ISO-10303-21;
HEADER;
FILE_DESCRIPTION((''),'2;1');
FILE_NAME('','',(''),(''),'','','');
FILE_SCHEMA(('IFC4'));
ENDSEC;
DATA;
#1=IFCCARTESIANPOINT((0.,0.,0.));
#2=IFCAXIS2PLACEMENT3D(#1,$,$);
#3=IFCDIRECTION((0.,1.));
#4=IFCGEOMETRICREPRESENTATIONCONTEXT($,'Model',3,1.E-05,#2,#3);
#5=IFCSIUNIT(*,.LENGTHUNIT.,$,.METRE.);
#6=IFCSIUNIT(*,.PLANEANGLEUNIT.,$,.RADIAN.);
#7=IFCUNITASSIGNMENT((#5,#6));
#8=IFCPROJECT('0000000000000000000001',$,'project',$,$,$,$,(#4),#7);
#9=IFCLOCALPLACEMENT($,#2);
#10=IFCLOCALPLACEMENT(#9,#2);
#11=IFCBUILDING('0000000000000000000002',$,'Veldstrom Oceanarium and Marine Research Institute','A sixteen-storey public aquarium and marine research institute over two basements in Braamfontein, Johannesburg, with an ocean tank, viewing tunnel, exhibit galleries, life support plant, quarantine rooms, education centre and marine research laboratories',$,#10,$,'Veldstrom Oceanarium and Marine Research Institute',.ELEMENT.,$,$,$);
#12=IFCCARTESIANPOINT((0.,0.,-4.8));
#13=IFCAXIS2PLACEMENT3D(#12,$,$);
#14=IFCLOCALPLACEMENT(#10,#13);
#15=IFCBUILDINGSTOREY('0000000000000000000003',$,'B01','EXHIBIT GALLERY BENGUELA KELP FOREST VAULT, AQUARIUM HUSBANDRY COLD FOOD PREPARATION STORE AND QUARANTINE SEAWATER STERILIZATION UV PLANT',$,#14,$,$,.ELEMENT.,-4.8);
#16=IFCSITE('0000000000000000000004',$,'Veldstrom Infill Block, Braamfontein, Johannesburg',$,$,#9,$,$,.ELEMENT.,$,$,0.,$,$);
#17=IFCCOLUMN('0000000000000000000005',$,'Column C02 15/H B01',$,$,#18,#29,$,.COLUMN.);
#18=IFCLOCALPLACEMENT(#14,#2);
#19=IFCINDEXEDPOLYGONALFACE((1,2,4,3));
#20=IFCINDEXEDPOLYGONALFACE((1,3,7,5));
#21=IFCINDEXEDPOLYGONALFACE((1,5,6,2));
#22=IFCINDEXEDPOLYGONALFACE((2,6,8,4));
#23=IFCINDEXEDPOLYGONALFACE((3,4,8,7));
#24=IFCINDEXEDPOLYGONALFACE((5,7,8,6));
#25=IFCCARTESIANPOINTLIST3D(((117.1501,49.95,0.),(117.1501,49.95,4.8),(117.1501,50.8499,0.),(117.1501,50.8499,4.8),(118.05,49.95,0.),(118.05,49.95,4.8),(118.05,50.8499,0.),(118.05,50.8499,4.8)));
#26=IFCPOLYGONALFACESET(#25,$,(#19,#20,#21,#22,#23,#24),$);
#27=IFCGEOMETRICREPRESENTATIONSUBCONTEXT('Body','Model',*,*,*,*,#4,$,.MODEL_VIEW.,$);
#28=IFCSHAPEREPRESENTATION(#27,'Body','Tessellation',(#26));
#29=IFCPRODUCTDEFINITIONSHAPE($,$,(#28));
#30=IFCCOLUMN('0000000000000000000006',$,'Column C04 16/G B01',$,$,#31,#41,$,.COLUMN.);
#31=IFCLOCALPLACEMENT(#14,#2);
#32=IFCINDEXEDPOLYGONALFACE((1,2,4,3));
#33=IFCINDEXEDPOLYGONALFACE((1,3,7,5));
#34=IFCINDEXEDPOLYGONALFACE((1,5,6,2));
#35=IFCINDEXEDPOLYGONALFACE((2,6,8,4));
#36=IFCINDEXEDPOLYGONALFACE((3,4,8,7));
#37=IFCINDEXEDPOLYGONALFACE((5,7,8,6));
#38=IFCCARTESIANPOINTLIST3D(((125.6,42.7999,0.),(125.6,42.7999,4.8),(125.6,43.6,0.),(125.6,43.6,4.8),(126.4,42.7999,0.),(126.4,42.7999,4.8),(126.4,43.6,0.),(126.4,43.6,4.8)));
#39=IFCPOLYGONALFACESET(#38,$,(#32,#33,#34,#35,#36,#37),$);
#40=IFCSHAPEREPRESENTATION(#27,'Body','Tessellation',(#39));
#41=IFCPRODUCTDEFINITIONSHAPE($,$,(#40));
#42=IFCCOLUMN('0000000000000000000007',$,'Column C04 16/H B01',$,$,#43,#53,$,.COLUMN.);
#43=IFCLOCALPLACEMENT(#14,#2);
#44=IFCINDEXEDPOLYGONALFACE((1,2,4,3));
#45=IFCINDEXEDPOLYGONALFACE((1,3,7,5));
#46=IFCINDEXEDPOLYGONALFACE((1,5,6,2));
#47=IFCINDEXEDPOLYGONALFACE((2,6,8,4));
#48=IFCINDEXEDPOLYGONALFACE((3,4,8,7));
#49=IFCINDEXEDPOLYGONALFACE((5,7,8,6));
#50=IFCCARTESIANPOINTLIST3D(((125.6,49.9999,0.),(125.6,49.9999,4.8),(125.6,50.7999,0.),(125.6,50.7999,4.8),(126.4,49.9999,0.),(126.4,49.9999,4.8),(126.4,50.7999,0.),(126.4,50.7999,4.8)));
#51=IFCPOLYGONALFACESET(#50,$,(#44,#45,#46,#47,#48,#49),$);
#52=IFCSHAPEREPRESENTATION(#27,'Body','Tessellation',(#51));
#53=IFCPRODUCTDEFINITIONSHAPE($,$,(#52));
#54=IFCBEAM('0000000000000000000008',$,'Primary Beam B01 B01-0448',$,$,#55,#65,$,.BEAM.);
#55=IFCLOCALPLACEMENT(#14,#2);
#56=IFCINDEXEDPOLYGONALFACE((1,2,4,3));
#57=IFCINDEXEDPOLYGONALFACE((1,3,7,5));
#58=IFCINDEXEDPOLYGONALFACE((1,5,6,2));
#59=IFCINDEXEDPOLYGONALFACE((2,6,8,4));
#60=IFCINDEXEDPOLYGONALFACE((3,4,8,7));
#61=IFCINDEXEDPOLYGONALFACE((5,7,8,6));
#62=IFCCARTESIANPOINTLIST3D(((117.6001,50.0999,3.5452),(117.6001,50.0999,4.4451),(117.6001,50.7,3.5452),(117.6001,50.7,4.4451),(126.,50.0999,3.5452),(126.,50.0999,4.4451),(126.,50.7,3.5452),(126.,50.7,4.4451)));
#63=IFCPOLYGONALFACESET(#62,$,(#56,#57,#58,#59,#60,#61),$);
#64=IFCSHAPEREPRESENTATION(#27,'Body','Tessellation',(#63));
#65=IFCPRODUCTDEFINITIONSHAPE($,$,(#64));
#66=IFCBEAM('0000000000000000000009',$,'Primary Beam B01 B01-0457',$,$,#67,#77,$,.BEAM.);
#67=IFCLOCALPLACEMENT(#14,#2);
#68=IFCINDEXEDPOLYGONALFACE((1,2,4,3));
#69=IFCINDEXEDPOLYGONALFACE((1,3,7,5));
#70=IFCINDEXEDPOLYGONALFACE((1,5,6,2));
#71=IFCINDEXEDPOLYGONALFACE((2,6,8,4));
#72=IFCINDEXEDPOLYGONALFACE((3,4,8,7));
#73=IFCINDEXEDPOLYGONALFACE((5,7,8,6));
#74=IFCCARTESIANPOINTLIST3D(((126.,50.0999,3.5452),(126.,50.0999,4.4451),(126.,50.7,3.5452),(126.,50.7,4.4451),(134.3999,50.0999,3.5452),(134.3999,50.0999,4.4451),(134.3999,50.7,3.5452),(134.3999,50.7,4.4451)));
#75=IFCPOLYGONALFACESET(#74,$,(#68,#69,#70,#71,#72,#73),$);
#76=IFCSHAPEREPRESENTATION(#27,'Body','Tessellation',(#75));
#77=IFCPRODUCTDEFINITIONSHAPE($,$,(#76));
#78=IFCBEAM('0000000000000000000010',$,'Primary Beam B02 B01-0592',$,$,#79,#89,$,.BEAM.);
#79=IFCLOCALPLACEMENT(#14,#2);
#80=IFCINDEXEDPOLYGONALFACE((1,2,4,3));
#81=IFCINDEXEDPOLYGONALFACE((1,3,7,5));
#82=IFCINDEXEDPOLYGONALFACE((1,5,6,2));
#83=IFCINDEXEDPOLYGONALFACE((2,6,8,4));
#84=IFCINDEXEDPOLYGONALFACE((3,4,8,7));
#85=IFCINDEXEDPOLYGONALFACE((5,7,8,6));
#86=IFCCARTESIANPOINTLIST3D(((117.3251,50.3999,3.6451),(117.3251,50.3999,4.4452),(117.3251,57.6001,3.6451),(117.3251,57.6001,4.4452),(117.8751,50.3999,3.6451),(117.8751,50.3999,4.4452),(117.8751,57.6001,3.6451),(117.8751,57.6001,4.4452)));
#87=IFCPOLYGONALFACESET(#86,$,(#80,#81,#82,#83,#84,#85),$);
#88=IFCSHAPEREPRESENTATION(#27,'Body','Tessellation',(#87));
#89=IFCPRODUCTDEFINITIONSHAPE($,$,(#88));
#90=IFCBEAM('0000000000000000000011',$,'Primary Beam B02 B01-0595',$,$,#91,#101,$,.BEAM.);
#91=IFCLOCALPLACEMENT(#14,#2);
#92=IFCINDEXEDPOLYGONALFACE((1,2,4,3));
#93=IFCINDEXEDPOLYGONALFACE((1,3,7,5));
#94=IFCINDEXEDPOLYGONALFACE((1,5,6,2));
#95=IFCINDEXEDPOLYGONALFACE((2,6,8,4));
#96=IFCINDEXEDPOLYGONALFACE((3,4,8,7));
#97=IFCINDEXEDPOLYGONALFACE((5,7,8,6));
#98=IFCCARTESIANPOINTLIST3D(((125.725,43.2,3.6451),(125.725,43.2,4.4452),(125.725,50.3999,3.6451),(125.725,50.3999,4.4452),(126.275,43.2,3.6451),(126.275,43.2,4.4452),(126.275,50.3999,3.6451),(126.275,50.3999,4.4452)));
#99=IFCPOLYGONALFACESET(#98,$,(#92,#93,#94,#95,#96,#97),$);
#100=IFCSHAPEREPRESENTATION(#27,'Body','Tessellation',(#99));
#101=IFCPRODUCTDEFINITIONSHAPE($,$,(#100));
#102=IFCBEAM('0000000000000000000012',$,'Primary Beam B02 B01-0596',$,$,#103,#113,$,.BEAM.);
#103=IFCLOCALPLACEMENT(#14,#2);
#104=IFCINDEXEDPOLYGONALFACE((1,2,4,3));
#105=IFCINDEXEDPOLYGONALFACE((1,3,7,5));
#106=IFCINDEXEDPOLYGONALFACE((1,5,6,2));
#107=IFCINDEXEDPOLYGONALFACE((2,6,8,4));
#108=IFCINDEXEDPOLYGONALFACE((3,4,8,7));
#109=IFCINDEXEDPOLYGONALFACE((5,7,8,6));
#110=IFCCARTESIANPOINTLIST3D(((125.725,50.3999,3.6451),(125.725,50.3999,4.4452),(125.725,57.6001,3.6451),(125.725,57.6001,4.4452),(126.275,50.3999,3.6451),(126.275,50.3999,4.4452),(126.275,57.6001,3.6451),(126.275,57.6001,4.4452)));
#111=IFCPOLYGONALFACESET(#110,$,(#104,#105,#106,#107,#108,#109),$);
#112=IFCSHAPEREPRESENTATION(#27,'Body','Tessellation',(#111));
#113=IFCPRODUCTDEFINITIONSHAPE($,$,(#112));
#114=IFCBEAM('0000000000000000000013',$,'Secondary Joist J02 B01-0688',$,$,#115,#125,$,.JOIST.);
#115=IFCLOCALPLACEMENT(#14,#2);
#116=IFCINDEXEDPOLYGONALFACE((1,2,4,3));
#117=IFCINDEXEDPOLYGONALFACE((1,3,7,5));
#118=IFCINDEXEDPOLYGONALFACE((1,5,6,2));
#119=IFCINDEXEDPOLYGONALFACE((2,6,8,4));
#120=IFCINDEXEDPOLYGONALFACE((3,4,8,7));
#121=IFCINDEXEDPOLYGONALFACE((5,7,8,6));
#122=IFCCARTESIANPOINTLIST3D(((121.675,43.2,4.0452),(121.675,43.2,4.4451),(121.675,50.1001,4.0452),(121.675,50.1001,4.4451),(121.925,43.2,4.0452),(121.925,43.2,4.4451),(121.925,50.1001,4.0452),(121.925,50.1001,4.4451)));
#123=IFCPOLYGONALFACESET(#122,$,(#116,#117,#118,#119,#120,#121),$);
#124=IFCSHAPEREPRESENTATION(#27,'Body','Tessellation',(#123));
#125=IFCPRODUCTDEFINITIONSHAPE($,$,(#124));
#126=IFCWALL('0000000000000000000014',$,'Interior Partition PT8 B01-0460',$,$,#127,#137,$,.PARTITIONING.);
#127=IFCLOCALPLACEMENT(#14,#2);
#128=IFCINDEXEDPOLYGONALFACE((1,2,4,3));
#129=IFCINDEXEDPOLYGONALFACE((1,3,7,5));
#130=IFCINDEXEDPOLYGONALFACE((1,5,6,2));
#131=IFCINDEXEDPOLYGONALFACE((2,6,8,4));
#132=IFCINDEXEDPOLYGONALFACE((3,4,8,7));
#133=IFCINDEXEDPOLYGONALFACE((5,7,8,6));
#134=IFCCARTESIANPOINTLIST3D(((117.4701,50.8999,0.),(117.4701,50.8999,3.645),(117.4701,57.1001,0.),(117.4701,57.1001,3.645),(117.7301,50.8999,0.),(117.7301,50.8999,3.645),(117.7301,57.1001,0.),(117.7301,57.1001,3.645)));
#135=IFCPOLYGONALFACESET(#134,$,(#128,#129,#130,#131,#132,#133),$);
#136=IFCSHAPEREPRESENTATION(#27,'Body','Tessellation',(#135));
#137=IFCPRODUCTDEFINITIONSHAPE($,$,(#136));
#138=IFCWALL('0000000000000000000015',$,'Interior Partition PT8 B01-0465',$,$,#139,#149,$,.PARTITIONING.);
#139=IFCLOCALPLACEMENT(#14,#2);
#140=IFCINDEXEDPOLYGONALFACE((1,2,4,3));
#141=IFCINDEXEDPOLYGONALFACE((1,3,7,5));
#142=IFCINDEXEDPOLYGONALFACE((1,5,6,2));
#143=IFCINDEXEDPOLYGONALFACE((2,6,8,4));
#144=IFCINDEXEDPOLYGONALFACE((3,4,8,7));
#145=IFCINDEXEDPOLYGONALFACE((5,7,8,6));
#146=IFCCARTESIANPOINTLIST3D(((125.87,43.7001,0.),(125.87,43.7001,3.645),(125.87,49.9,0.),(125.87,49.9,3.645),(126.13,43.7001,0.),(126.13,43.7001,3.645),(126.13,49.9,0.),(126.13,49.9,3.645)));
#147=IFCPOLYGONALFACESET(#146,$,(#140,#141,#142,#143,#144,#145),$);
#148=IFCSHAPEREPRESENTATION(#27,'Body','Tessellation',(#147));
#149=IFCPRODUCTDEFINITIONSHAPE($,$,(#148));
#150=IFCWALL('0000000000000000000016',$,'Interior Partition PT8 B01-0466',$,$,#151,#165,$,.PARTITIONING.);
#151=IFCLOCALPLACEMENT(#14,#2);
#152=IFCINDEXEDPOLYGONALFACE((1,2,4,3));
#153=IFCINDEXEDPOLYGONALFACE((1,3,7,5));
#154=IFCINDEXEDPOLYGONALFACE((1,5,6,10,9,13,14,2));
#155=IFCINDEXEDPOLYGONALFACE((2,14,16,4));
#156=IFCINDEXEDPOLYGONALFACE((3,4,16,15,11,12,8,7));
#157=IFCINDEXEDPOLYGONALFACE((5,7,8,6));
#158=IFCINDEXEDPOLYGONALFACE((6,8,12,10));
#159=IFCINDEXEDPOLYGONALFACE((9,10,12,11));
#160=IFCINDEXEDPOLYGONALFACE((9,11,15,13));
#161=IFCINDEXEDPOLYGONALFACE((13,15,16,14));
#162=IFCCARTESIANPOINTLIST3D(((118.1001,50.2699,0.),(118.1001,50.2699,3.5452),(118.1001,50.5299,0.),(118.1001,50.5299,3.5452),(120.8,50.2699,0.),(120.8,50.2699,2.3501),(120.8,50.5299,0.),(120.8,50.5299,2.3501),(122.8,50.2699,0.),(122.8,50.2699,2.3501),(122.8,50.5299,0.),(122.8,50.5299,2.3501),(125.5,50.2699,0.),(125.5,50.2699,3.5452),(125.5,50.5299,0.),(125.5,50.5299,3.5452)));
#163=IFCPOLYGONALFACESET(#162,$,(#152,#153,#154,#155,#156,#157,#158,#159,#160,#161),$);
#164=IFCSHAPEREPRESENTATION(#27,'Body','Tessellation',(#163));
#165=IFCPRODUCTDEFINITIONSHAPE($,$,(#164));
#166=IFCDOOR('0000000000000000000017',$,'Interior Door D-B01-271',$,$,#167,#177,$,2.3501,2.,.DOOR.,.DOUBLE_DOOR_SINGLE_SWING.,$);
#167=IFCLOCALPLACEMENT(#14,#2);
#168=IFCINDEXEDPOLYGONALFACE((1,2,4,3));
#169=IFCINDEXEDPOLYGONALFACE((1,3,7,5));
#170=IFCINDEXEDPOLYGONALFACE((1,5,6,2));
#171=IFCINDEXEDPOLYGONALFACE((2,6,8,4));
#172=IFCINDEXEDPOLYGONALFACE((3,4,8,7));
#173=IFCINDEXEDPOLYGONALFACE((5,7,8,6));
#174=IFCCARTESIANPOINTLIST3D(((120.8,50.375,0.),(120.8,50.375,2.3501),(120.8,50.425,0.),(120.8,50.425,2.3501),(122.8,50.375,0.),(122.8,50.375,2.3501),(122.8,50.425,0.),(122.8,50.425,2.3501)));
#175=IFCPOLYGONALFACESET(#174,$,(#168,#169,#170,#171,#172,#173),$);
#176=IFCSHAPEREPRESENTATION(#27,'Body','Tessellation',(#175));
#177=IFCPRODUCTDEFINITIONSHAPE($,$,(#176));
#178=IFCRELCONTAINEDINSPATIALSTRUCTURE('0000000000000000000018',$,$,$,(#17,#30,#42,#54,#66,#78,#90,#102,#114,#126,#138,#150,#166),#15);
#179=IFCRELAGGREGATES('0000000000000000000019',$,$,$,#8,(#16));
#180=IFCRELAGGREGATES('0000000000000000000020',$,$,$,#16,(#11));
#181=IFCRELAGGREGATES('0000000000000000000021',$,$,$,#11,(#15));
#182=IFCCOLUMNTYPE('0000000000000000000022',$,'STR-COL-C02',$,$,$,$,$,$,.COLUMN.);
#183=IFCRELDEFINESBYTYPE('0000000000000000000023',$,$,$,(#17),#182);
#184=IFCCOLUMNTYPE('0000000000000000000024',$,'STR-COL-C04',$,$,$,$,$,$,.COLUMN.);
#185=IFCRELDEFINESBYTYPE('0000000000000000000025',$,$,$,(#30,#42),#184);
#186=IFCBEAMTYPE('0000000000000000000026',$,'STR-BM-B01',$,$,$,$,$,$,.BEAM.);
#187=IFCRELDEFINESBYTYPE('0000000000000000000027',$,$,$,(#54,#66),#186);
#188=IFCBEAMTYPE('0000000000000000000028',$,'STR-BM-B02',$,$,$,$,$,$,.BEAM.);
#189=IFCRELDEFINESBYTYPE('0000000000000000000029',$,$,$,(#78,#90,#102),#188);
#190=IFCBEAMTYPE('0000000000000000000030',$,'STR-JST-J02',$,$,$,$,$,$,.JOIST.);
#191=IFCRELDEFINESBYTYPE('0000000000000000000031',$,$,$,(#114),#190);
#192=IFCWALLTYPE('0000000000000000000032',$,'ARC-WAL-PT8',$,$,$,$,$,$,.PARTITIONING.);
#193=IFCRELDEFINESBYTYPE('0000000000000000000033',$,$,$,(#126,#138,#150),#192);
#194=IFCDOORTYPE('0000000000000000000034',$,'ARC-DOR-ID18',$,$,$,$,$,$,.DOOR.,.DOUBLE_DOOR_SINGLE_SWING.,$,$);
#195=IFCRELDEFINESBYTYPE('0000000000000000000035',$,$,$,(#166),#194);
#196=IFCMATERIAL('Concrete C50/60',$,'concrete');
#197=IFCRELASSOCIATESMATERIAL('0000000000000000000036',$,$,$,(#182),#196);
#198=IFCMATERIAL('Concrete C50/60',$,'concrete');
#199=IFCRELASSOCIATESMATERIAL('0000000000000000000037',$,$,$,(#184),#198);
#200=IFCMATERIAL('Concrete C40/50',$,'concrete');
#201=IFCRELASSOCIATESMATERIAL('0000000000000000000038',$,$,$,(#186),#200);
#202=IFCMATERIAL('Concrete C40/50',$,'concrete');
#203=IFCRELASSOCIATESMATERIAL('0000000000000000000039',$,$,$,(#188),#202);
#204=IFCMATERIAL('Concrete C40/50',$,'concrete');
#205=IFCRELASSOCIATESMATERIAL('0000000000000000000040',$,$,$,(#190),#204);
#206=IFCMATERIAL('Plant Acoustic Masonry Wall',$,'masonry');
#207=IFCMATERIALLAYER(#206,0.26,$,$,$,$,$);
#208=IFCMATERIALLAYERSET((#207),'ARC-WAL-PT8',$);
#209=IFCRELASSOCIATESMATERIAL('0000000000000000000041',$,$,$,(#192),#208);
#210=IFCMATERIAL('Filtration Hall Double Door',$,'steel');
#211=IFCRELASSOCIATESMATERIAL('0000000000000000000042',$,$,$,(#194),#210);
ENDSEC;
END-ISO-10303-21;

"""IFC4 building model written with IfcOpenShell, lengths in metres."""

from ifc_helpers import new_model, si_unit, direction, frame, frame_2d, origin, origin_2d, place, context, subcontext, project, spatial, rectangle, extrude, material, layer, layer_set, material_profile, profile_set, type_object, element, fill, save


model = new_model("IFC4")

# Units and contexts
model_context = context("Model", 3, precision=1e-05, world=origin(), true_north=direction((0.0, 1.0)))
body_context = subcontext(model_context, "Body", "Model", "MODEL_VIEW")
ifc_project = project(units=[si_unit("LENGTHUNIT", "METRE"), si_unit("PLANEANGLEUNIT", "RADIAN")], contexts=[model_context])

# Site, building, storey
site_placement = place(None, origin())
site = spatial("IfcSite", under=ifc_project, at=site_placement, Name="Veldstrom Infill Block, Braamfontein, Johannesburg", CompositionType="ELEMENT", RefElevation=0.0)
building_placement = place(site_placement, origin())
building = spatial("IfcBuilding", under=site, at=building_placement, Name="Veldstrom Oceanarium and Marine Research Institute", Description="A sixteen-storey public aquarium and marine research institute over two basements in Braamfontein, Johannesburg, with an ocean tank, viewing tunnel, exhibit galleries, life support plant, quarantine rooms, education centre and marine research laboratories", LongName="Veldstrom Oceanarium and Marine Research Institute", CompositionType="ELEMENT")
storey_placement = place(building_placement, frame((0.0, 0.0, -4.8)))
storey = spatial("IfcBuildingStorey", under=building, at=storey_placement, Name="B01", Description="EXHIBIT GALLERY BENGUELA KELP FOREST VAULT, AQUARIUM HUSBANDRY COLD FOOD PREPARATION STORE AND QUARANTINE SEAWATER STERILIZATION UV PLANT", CompositionType="ELEMENT", Elevation=-4.8)

# Columns
ifc_material_1 = material(Name="Concrete C50/60", Category="concrete")
ifc_material_profile_1 = material_profile(ifc_material_1, rectangle(XDim=0.8999, YDim=0.8999, at=origin_2d()), Name="RC-COL-900x900")
ifc_profile_set_1 = profile_set([ifc_material_profile_1], Name="Concrete C50/60")
column_type_1 = type_object("IfcColumnType", Name="STR-COL-C02", PredefinedType="COLUMN", material=ifc_profile_set_1)
column_placement = place(storey_placement, frame((117.6001, 50.3999, 0.0), z_axis=(0.0, 0.0, 1.0), x_axis=(1.0, 0.0, 0.0)))
element("IfcColumn", 1, at=column_placement, inside=storey, type_object=column_type_1, Name="Column C02 15/H B01", PredefinedType="COLUMN", context=body_context, shape_type="SweptSolid", body=[
    extrude(rectangle(XDim=0.8999, YDim=0.8999, at=origin_2d()), origin(), (0.0, 0.0, 1.0), 4.8),
])
ifc_material_2 = material(Name="Concrete C50/60", Category="concrete")
ifc_material_profile_2 = material_profile(ifc_material_2, rectangle(XDim=0.8, YDim=0.8, at=origin_2d()), Name="RC-COL-800x800")
ifc_profile_set_2 = profile_set([ifc_material_profile_2], Name="Concrete C50/60")
column_type_2 = type_object("IfcColumnType", Name="STR-COL-C04", PredefinedType="COLUMN", material=ifc_profile_set_2)
for number, where, z_axis, x_axis, name in (
    (2, (126.0, 43.2, 0.0), (0.0, 0.0, 1.0), (1.0, 0.0, 0.0), "Column C04 16/G B01"),
    (3, (126.0, 50.3999, 0.0), (0.0, 0.0, 1.0), (1.0, 0.0, 0.0), "Column C04 16/H B01"),
):
    element("IfcColumn", number, at=place(storey_placement, frame(where, z_axis=z_axis, x_axis=x_axis)), inside=storey, type_object=column_type_2, Name=name, PredefinedType="COLUMN", context=body_context, shape_type="SweptSolid", body=[
        extrude(rectangle(XDim=0.8, YDim=0.8, at=origin_2d()), origin(), (0.0, 0.0, 1.0), 4.8),
    ])

# Beams
ifc_material_3 = material(Name="Concrete C40/50", Category="concrete")
ifc_material_profile_3 = material_profile(ifc_material_3, rectangle(XDim=0.6001, YDim=0.8999, at=origin_2d()), Name="RC-BM-600x900")
ifc_profile_set_3 = profile_set([ifc_material_profile_3], Name="Concrete C40/50")
beam_type_1 = type_object("IfcBeamType", Name="STR-BM-B01", PredefinedType="BEAM", material=ifc_profile_set_3)
for number, where, z_axis, x_axis, name in (
    (4, (117.6001, 50.3999, 3.9951), (1.0, 0.0, 0.0), (0.0, 1.0, 0.0), "Primary Beam B01 B01-0448"),
    (5, (126.0, 50.3999, 3.9951), (1.0, 0.0, 0.0), (0.0, 1.0, 0.0), "Primary Beam B01 B01-0457"),
):
    element("IfcBeam", number, at=place(storey_placement, frame(where, z_axis=z_axis, x_axis=x_axis)), inside=storey, type_object=beam_type_1, Name=name, PredefinedType="BEAM", context=body_context, shape_type="SweptSolid", body=[
        extrude(rectangle(XDim=0.6001, YDim=0.8999, at=origin_2d()), origin(), (0.0, 0.0, 1.0), 8.3999),
    ])
ifc_material_4 = material(Name="Concrete C40/50", Category="concrete")
ifc_material_profile_4 = material_profile(ifc_material_4, rectangle(XDim=0.55, YDim=0.8, at=origin_2d()), Name="RC-BM-550x800")
ifc_profile_set_4 = profile_set([ifc_material_profile_4], Name="Concrete C40/50")
beam_type_2 = type_object("IfcBeamType", Name="STR-BM-B02", PredefinedType="BEAM", material=ifc_profile_set_4)
beam_1_placement = place(storey_placement, frame((117.6001, 50.3999, 4.0452), z_axis=(0.0, 1.0, 0.0), x_axis=(-1.0, 0.0, 0.0)))
element("IfcBeam", 6, at=beam_1_placement, inside=storey, type_object=beam_type_2, Name="Primary Beam B02 B01-0592", PredefinedType="BEAM", context=body_context, shape_type="SweptSolid", body=[
    extrude(rectangle(XDim=0.55, YDim=0.8, at=origin_2d()), origin(), (0.0, 0.0, 1.0), 7.2002),
])
beam_2_placement = place(storey_placement, frame((126.0, 43.2, 4.0452), z_axis=(0.0, 1.0, 0.0), x_axis=(-1.0, 0.0, 0.0)))
element("IfcBeam", 7, at=beam_2_placement, inside=storey, type_object=beam_type_2, Name="Primary Beam B02 B01-0595", PredefinedType="BEAM", context=body_context, shape_type="SweptSolid", body=[
    extrude(rectangle(XDim=0.55, YDim=0.8, at=origin_2d()), origin(), (0.0, 0.0, 1.0), 7.2),
])
beam_3_placement = place(storey_placement, frame((126.0, 50.3999, 4.0452), z_axis=(0.0, 1.0, 0.0), x_axis=(-1.0, 0.0, 0.0)))
element("IfcBeam", 8, at=beam_3_placement, inside=storey, type_object=beam_type_2, Name="Primary Beam B02 B01-0596", PredefinedType="BEAM", context=body_context, shape_type="SweptSolid", body=[
    extrude(rectangle(XDim=0.55, YDim=0.8, at=origin_2d()), origin(), (0.0, 0.0, 1.0), 7.2002),
])
ifc_material_5 = material(Name="Concrete C40/50", Category="concrete")
ifc_material_profile_5 = material_profile(ifc_material_5, rectangle(XDim=0.25, YDim=0.3999, at=origin_2d()), Name="RC-JST-250x400")
ifc_profile_set_5 = profile_set([ifc_material_profile_5], Name="Concrete C40/50")
beam_type_3 = type_object("IfcBeamType", Name="STR-JST-J02", PredefinedType="JOIST", material=ifc_profile_set_5)
beam_4_placement = place(storey_placement, frame((121.8, 43.2, 4.2451), z_axis=(0.0, 1.0, 0.0), x_axis=(-1.0, 0.0, 0.0)))
element("IfcBeam", 9, at=beam_4_placement, inside=storey, type_object=beam_type_3, Name="Secondary Joist J02 B01-0688", PredefinedType="JOIST", context=body_context, shape_type="SweptSolid", body=[
    extrude(rectangle(XDim=0.25, YDim=0.3999, at=origin_2d()), origin(), (0.0, 0.0, 1.0), 6.9001),
])

# Walls
ifc_material_6 = material(Name="Plant Acoustic Masonry Wall", Category="masonry")
ifc_layer_1 = layer(ifc_material_6, 0.26)
ifc_layer_set_1 = layer_set([ifc_layer_1], Name="ARC-WAL-PT8")
wall_type_1 = type_object("IfcWallType", Name="ARC-WAL-PT8", PredefinedType="PARTITIONING", material=ifc_layer_set_1)
wall_1_placement = place(storey_placement, frame((117.6001, 50.8999, 0.0), z_axis=(0.0, 0.0, 1.0), x_axis=(0.0, 1.0, 0.0)))
element("IfcWall", 10, at=wall_1_placement, inside=storey, type_object=wall_type_1, Name="Interior Partition PT8 B01-0460", PredefinedType="PARTITIONING", context=body_context, shape_type="SweptSolid", body=[
    extrude(rectangle(XDim=6.2002, YDim=0.26, at=frame_2d((3.1001, 0.0))), origin(), (0.0, 0.0, 1.0), 3.645),
])
wall_2_placement = place(storey_placement, frame((126.0, 43.7, 0.0), z_axis=(0.0, 0.0, 1.0), x_axis=(0.0, 1.0, 0.0)))
element("IfcWall", 11, at=wall_2_placement, inside=storey, type_object=wall_type_1, Name="Interior Partition PT8 B01-0465", PredefinedType="PARTITIONING", context=body_context, shape_type="SweptSolid", body=[
    extrude(rectangle(XDim=6.2, YDim=0.26, at=frame_2d((3.1001, 0.0))), origin(), (0.0, 0.0, 1.0), 3.645),
])

# Wall, opening, door
wall_3_placement = place(storey_placement, frame((118.1001, 50.3999, 0.0), z_axis=(0.0, 0.0, 1.0), x_axis=(1.0, 0.0, 0.0)))
wall_3 = element("IfcWall", 12, at=wall_3_placement, inside=storey, type_object=wall_type_1, Name="Interior Partition PT8 B01-0466", PredefinedType="PARTITIONING", context=body_context, shape_type="SweptSolid", body=[
    extrude(rectangle(XDim=7.3999, YDim=0.26, at=frame_2d((3.7, 0.0))), origin(), (0.0, 0.0, 1.0), 3.5452),
])
opening_1_placement = place(wall_3_placement, frame((2.7, 0.0, 0.0)))
opening_1 = element("IfcOpeningElement", 13, at=opening_1_placement, cuts=wall_3, PredefinedType="OPENING", context=body_context, shape_type="SweptSolid", body=[
    extrude(rectangle(XDim=2.0, YDim=2.3501, at=frame_2d((1.0, 1.175))), frame((0.0, 0.1399, 0.0), z_axis=(0.0, -1.0, 0.0), x_axis=(1.0, 0.0, 0.0)), (0.0, 0.0, 1.0), 0.28),
])
ifc_material_7 = material(Name="Filtration Hall Double Door", Category="steel")
door_type_1 = type_object("IfcDoorType", Name="ARC-DOR-ID18", OperationType="DOUBLE_DOOR_SINGLE_SWING", PredefinedType="DOOR", material=ifc_material_7)
door_1_placement = place(opening_1_placement, frame((2.0, 0.0, 0.0), z_axis=(0.0, 0.0, 1.0), x_axis=(-1.0, 0.0, 0.0)))
door_1 = element("IfcDoor", 14, at=door_1_placement, inside=storey, type_object=door_type_1, Name="Interior Door D-B01-271", OperationType="DOUBLE_DOOR_SINGLE_SWING", OverallHeight=2.3501, OverallWidth=2.0, PredefinedType="DOOR", context=body_context, shape_type="SweptSolid", body=[
    extrude(rectangle(XDim=2.0, YDim=2.3501, at=frame_2d((1.0, 1.175))), frame((0.0, 0.0249, 0.0), z_axis=(0.0, -1.0, 0.0), x_axis=(1.0, 0.0, 0.0)), (0.0, 0.0, 1.0), 0.05),
])
fill(opening_1, door_1)

save(model, "model.ifc")
